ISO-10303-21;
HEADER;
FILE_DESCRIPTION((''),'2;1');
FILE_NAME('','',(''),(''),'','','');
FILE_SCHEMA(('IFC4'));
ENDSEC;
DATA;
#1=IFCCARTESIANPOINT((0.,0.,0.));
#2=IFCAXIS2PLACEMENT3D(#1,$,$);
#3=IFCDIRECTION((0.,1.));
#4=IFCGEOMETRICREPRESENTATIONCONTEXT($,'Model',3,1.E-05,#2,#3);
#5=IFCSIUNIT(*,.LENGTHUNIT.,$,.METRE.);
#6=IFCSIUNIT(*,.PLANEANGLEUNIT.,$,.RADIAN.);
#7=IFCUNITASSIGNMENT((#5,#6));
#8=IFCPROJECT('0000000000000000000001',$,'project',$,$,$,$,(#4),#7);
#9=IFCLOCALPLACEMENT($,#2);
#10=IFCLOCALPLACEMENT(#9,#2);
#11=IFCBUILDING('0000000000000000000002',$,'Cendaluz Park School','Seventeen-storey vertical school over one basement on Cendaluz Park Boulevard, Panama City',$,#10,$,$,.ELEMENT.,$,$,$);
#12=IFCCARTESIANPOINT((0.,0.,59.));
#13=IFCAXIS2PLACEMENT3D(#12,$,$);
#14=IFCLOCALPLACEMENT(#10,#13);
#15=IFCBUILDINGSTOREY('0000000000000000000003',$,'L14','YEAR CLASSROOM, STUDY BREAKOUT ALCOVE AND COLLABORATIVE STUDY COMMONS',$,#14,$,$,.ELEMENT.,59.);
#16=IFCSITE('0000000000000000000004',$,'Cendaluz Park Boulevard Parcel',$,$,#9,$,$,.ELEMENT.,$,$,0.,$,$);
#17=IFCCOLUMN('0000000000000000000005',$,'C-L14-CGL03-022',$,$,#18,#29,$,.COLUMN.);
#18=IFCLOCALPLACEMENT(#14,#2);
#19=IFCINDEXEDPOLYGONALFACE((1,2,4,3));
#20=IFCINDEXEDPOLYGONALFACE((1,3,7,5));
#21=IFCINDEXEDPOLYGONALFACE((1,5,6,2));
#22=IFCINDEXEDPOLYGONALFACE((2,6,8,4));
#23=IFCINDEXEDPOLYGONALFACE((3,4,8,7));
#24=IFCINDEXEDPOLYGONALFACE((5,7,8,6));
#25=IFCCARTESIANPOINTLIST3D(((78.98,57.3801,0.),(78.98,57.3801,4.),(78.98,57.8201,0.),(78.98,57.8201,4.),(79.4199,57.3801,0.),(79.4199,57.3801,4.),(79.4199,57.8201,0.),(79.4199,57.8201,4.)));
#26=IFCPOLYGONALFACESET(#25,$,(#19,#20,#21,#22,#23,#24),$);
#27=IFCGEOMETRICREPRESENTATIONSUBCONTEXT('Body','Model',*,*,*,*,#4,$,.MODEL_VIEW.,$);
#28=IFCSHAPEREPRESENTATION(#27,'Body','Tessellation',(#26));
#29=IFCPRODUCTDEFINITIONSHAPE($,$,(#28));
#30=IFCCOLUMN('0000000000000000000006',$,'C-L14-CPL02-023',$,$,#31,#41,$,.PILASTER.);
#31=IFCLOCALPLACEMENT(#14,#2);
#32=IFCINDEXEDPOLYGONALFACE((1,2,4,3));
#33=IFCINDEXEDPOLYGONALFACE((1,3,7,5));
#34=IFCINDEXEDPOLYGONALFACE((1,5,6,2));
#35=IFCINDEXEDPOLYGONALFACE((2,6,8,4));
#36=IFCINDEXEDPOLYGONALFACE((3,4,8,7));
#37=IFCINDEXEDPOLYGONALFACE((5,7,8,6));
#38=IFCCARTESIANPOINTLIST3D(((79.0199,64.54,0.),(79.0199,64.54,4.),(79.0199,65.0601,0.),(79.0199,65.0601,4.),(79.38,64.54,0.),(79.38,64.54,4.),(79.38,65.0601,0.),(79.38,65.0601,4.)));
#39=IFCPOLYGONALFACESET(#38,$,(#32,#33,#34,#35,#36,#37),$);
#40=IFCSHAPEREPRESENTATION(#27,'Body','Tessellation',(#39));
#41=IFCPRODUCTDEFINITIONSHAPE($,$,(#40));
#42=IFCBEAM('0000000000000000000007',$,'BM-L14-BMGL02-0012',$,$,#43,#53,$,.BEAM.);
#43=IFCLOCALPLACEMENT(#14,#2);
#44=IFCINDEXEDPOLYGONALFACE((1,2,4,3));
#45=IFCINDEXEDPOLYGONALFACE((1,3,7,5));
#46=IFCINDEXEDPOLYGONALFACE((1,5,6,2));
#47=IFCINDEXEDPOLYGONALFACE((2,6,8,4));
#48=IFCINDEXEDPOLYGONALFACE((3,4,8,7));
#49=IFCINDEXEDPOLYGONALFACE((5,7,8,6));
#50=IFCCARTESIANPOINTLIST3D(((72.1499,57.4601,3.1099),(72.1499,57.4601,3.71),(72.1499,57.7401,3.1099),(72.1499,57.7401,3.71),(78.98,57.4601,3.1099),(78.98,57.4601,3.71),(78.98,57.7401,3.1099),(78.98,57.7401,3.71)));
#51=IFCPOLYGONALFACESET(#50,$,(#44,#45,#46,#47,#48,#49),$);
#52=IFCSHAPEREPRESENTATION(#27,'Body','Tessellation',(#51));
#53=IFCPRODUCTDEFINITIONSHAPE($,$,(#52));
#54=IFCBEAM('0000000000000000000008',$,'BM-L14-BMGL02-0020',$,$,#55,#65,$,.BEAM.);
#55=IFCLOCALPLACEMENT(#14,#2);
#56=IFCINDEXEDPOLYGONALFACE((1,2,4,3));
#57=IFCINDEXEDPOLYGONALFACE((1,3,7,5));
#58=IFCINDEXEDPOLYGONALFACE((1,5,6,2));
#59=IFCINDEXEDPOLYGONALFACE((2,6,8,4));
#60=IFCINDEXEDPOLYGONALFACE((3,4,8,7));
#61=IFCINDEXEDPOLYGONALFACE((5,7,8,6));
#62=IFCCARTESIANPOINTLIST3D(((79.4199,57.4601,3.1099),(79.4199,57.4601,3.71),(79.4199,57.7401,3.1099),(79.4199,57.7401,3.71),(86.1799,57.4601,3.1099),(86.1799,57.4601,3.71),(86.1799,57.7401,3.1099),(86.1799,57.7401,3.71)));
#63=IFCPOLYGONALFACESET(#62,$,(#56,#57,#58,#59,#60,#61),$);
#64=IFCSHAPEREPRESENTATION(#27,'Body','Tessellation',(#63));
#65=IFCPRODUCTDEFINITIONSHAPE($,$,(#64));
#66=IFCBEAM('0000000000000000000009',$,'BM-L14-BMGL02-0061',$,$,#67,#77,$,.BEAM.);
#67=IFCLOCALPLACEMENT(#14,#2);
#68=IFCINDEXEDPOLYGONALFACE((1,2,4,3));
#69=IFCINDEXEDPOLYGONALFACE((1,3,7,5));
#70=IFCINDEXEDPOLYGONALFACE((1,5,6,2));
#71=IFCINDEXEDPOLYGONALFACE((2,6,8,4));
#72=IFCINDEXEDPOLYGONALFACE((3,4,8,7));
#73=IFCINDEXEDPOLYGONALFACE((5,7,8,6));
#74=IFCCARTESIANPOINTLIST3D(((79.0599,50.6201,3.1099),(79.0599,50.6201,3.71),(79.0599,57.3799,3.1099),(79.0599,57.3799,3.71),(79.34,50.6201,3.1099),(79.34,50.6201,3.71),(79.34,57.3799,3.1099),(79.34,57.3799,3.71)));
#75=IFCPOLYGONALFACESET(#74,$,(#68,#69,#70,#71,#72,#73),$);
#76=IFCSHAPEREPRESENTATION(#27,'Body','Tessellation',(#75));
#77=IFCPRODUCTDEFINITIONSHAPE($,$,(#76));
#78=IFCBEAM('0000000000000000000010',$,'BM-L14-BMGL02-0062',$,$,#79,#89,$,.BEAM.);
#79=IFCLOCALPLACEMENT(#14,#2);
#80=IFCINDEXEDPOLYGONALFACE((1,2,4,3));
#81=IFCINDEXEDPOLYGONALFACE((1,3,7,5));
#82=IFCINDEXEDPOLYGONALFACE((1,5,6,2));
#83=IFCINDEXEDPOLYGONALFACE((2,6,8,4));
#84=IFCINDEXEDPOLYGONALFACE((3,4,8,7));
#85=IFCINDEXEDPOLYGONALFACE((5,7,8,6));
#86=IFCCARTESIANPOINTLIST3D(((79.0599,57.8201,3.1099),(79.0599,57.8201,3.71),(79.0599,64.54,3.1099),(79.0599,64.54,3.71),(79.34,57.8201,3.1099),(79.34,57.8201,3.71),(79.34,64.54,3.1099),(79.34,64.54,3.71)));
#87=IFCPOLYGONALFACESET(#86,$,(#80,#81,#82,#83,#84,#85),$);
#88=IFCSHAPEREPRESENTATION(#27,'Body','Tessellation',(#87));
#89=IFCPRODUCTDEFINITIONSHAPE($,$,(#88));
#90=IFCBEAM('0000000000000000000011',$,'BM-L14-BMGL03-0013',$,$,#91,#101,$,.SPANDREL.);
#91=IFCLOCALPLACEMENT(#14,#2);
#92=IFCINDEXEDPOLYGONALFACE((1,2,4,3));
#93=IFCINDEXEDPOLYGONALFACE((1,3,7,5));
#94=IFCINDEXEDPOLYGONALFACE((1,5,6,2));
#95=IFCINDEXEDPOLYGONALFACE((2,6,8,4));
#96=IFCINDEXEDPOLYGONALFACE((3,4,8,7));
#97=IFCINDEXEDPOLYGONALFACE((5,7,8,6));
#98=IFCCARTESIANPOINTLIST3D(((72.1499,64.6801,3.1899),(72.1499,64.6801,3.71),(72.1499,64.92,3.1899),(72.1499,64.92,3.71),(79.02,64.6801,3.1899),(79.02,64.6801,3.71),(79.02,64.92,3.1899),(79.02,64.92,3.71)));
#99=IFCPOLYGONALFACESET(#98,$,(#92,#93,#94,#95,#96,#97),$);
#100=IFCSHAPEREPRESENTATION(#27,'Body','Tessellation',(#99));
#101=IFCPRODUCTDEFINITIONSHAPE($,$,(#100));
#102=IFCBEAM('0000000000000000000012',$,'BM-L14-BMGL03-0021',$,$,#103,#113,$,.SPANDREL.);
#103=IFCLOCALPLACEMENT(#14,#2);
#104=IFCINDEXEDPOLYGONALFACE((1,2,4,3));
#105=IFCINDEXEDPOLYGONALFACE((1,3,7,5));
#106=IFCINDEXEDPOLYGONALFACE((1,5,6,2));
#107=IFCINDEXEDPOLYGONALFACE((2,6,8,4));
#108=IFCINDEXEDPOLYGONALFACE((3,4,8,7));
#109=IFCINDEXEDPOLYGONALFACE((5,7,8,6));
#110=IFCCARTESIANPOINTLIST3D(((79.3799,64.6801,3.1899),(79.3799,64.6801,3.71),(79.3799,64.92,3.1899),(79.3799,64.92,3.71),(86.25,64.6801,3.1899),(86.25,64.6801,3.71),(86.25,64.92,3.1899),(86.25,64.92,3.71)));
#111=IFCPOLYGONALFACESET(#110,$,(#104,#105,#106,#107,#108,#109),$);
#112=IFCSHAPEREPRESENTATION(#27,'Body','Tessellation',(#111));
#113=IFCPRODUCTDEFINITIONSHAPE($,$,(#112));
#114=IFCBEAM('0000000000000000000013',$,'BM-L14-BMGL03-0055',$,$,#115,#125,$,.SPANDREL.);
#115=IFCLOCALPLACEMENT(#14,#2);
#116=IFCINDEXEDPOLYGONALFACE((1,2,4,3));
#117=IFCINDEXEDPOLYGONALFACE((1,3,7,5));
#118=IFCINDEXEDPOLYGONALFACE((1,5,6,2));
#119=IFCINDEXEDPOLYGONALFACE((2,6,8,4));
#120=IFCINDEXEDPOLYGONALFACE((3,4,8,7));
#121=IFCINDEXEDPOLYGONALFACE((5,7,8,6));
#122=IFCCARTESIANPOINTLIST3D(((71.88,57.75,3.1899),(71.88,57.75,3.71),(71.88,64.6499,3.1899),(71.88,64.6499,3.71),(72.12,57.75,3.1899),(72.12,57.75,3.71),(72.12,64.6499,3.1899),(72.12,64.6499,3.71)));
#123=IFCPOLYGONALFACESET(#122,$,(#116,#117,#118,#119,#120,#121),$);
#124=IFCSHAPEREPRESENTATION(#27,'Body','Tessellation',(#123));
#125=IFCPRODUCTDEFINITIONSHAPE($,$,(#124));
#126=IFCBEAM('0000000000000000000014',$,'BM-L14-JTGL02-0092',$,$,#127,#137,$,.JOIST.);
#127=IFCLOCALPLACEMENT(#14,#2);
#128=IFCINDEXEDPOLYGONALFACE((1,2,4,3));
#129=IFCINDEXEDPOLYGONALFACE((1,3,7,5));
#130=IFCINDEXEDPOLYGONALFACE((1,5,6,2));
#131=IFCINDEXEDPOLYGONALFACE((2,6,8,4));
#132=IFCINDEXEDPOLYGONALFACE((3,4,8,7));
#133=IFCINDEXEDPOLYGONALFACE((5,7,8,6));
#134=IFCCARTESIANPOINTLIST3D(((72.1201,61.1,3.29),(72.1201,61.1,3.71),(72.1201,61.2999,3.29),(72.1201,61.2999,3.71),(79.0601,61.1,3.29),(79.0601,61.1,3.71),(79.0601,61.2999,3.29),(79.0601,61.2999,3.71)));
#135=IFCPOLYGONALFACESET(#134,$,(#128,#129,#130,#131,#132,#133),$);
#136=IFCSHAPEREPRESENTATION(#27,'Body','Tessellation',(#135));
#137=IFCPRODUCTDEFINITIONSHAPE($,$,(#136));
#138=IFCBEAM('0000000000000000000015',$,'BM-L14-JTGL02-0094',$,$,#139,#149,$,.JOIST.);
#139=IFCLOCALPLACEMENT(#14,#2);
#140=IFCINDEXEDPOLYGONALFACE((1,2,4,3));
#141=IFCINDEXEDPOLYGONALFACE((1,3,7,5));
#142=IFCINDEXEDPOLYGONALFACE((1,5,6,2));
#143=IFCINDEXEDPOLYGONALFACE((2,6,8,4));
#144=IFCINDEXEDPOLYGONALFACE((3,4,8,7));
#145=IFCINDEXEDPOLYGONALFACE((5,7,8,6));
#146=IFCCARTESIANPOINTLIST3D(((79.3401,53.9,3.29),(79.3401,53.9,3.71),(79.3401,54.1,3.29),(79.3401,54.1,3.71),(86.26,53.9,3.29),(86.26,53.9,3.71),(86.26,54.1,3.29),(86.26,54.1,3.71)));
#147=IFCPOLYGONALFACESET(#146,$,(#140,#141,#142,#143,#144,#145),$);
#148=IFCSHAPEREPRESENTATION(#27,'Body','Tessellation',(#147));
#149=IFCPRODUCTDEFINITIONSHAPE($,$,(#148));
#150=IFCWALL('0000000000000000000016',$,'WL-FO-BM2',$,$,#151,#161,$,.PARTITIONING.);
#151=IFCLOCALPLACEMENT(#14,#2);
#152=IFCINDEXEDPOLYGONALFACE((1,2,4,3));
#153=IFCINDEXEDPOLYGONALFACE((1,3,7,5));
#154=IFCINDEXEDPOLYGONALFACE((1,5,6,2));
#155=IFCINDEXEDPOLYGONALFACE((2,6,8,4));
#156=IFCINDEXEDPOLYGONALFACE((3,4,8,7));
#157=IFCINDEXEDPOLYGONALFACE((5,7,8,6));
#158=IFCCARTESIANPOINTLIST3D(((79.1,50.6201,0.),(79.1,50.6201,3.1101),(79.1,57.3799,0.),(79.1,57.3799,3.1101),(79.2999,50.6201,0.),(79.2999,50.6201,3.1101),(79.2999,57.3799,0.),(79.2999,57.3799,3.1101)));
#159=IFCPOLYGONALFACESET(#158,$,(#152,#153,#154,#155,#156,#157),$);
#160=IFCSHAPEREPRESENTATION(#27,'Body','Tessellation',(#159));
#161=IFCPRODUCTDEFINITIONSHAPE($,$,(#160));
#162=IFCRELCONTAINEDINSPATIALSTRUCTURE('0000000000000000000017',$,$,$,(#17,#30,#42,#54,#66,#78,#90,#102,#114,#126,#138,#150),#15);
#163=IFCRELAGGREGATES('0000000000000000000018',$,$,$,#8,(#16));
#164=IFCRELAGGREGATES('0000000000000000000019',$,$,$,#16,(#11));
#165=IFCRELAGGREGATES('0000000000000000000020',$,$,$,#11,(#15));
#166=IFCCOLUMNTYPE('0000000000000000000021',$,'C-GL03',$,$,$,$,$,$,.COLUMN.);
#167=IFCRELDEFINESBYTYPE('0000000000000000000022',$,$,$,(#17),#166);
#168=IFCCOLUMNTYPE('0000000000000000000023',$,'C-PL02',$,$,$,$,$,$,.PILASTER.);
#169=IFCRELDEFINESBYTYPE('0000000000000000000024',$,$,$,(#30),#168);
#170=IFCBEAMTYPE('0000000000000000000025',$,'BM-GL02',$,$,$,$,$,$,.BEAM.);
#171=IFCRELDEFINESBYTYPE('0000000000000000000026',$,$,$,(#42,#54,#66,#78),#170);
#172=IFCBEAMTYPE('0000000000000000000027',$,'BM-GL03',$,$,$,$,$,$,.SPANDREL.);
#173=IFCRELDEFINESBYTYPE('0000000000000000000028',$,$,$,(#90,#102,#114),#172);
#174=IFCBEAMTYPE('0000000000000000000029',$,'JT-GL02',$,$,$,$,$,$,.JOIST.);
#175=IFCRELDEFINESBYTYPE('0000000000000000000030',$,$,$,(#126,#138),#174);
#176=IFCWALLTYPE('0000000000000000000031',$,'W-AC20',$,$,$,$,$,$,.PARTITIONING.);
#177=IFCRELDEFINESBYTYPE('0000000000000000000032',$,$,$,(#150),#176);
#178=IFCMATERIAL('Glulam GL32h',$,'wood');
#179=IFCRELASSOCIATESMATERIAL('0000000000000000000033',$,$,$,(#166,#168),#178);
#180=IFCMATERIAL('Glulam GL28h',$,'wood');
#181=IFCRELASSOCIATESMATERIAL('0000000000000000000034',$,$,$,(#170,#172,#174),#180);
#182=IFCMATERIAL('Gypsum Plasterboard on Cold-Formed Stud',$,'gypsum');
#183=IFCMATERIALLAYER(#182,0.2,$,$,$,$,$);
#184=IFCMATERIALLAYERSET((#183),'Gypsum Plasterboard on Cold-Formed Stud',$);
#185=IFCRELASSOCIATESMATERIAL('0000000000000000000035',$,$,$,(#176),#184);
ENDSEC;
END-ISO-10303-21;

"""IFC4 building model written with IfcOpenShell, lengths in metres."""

from ifc_helpers import new_model, si_unit, direction, frame, frame_2d, origin, origin_2d, place, context, subcontext, project, spatial, rectangle, extrude, material, layer, layer_set, material_profile, profile_set, type_object, element, save


model = new_model("IFC4")

# Units and contexts
model_context = context("Model", 3, precision=1e-05, world=origin(), true_north=direction((0.0, 1.0)))
body_context = subcontext(model_context, "Body", "Model", "MODEL_VIEW")
ifc_project = project(units=[si_unit("LENGTHUNIT", "METRE"), si_unit("PLANEANGLEUNIT", "RADIAN")], contexts=[model_context])

# Site, building, storey
site_placement = place(None, origin())
site = spatial("IfcSite", under=ifc_project, at=site_placement, Name="Cendaluz Park Boulevard Parcel", CompositionType="ELEMENT", RefElevation=0.0)
building_placement = place(site_placement, origin())
building = spatial("IfcBuilding", under=site, at=building_placement, Name="Cendaluz Park School", Description="Seventeen-storey vertical school over one basement on Cendaluz Park Boulevard, Panama City", CompositionType="ELEMENT")
storey_placement = place(building_placement, frame((0.0, 0.0, 59.0)))
storey = spatial("IfcBuildingStorey", under=building, at=storey_placement, Name="L14", Description="YEAR CLASSROOM, STUDY BREAKOUT ALCOVE AND COLLABORATIVE STUDY COMMONS", CompositionType="ELEMENT", Elevation=59.0)

# Columns
ifc_material_1 = material(Name="Glulam GL32h", Category="wood")
ifc_material_profile_1 = material_profile(ifc_material_1, rectangle(XDim=0.4399, YDim=0.4399, at=origin_2d()), Name="GL32h 440x440", Category="wood")
ifc_profile_set_1 = profile_set([ifc_material_profile_1], Name="Glulam GL32h")
column_type_1 = type_object("IfcColumnType", Name="C-GL03", PredefinedType="COLUMN", material=ifc_profile_set_1)
column_1_placement = place(storey_placement, frame((79.2, 57.6001, 0.0), z_axis=(0.0, 0.0, 1.0), x_axis=(1.0, 0.0, 0.0)))
element("IfcColumn", 1, at=column_1_placement, inside=storey, type_object=column_type_1, Name="C-L14-CGL03-022", PredefinedType="COLUMN", context=body_context, shape_type="SweptSolid", body=[
    extrude(rectangle(XDim=0.4399, YDim=0.4399, at=origin_2d()), origin(), (0.0, 0.0, 1.0), 4.0),
])
ifc_material_profile_2 = material_profile(ifc_material_1, rectangle(XDim=0.3601, YDim=0.52, at=origin_2d()), Name="GL32h 360x520", Category="wood")
ifc_profile_set_2 = profile_set([ifc_material_profile_2], Name="Glulam GL32h")
column_type_2 = type_object("IfcColumnType", Name="C-PL02", PredefinedType="PILASTER", material=ifc_profile_set_2)
column_2_placement = place(storey_placement, frame((79.2, 64.8, 0.0), z_axis=(0.0, 0.0, 1.0), x_axis=(1.0, 0.0, 0.0)))
element("IfcColumn", 2, at=column_2_placement, inside=storey, type_object=column_type_2, Name="C-L14-CPL02-023", PredefinedType="PILASTER", context=body_context, shape_type="SweptSolid", body=[
    extrude(rectangle(XDim=0.3601, YDim=0.52, at=origin_2d()), origin(), (0.0, 0.0, 1.0), 4.0),
])

# Beams
ifc_material_2 = material(Name="Glulam GL28h", Category="wood")
ifc_material_profile_3 = material_profile(ifc_material_2, rectangle(XDim=0.28, YDim=0.6001, at=origin_2d()), Name="GL28h 280x600", Category="wood")
ifc_profile_set_3 = profile_set([ifc_material_profile_3], Name="Glulam GL28h")
beam_type_1 = type_object("IfcBeamType", Name="BM-GL02", PredefinedType="BEAM", material=ifc_profile_set_3)
beam_1_placement = place(storey_placement, frame((72.1499, 57.6001, 3.4099), z_axis=(1.0, 0.0, 0.0), x_axis=(0.0, 1.0, 0.0)))
element("IfcBeam", 3, at=beam_1_placement, inside=storey, type_object=beam_type_1, Name="BM-L14-BMGL02-0012", PredefinedType="BEAM", context=body_context, shape_type="SweptSolid", body=[
    extrude(rectangle(XDim=0.28, YDim=0.6001, at=origin_2d()), origin(), (0.0, 0.0, 1.0), 6.8301),
])
beam_2_placement = place(storey_placement, frame((79.4199, 57.6001, 3.4099), z_axis=(1.0, 0.0, 0.0), x_axis=(0.0, 1.0, 0.0)))
element("IfcBeam", 4, at=beam_2_placement, inside=storey, type_object=beam_type_1, Name="BM-L14-BMGL02-0020", PredefinedType="BEAM", context=body_context, shape_type="SweptSolid", body=[
    extrude(rectangle(XDim=0.28, YDim=0.6001, at=origin_2d()), origin(), (0.0, 0.0, 1.0), 6.76),
])
beam_3_placement = place(storey_placement, frame((79.2, 50.6201, 3.4099), z_axis=(0.0, 1.0, 0.0), x_axis=(-1.0, 0.0, 0.0)))
element("IfcBeam", 5, at=beam_3_placement, inside=storey, type_object=beam_type_1, Name="BM-L14-BMGL02-0061", PredefinedType="BEAM", context=body_context, shape_type="SweptSolid", body=[
    extrude(rectangle(XDim=0.28, YDim=0.6001, at=origin_2d()), origin(), (0.0, 0.0, 1.0), 6.7598),
])
beam_4_placement = place(storey_placement, frame((79.2, 57.8201, 3.4099), z_axis=(0.0, 1.0, 0.0), x_axis=(-1.0, 0.0, 0.0)))
element("IfcBeam", 6, at=beam_4_placement, inside=storey, type_object=beam_type_1, Name="BM-L14-BMGL02-0062", PredefinedType="BEAM", context=body_context, shape_type="SweptSolid", body=[
    extrude(rectangle(XDim=0.28, YDim=0.6001, at=origin_2d()), origin(), (0.0, 0.0, 1.0), 6.72),
])
ifc_material_profile_4 = material_profile(ifc_material_2, rectangle(XDim=0.24, YDim=0.52, at=origin_2d()), Name="GL28h 240x520", Category="wood")
ifc_profile_set_4 = profile_set([ifc_material_profile_4], Name="Glulam GL28h")
beam_type_2 = type_object("IfcBeamType", Name="BM-GL03", PredefinedType="SPANDREL", material=ifc_profile_set_4)
for number, where, z_axis, x_axis, name in (
    (7, (72.1499, 64.8, 3.45), (1.0, 0.0, 0.0), (0.0, 1.0, 0.0), "BM-L14-BMGL03-0013"),
    (8, (79.3799, 64.8, 3.45), (1.0, 0.0, 0.0), (0.0, 1.0, 0.0), "BM-L14-BMGL03-0021"),
):
    element("IfcBeam", number, at=place(storey_placement, frame(where, z_axis=z_axis, x_axis=x_axis)), inside=storey, type_object=beam_type_2, Name=name, PredefinedType="SPANDREL", context=body_context, shape_type="SweptSolid", body=[
        extrude(rectangle(XDim=0.24, YDim=0.52, at=origin_2d()), origin(), (0.0, 0.0, 1.0), 6.8701),
    ])
beam_5_placement = place(storey_placement, frame((72.0, 57.75, 3.45), z_axis=(0.0, 1.0, 0.0), x_axis=(-1.0, 0.0, 0.0)))
element("IfcBeam", 9, at=beam_5_placement, inside=storey, type_object=beam_type_2, Name="BM-L14-BMGL03-0055", PredefinedType="SPANDREL", context=body_context, shape_type="SweptSolid", body=[
    extrude(rectangle(XDim=0.24, YDim=0.52, at=origin_2d()), origin(), (0.0, 0.0, 1.0), 6.8999),
])
ifc_material_profile_5 = material_profile(ifc_material_2, rectangle(XDim=0.2, YDim=0.4199, at=origin_2d()), Name="GL28h 200x420", Category="wood")
ifc_profile_set_5 = profile_set([ifc_material_profile_5], Name="Glulam GL28h")
beam_type_3 = type_object("IfcBeamType", Name="JT-GL02", PredefinedType="JOIST", material=ifc_profile_set_5)
beam_6_placement = place(storey_placement, frame((72.1201, 61.2, 3.5), z_axis=(1.0, 0.0, 0.0), x_axis=(0.0, 1.0, 0.0)))
element("IfcBeam", 10, at=beam_6_placement, inside=storey, type_object=beam_type_3, Name="BM-L14-JTGL02-0092", PredefinedType="JOIST", context=body_context, shape_type="SweptSolid", body=[
    extrude(rectangle(XDim=0.2, YDim=0.4199, at=origin_2d()), origin(), (0.0, 0.0, 1.0), 6.9399),
])
beam_7_placement = place(storey_placement, frame((79.3401, 54.0, 3.5), z_axis=(1.0, 0.0, 0.0), x_axis=(0.0, 1.0, 0.0)))
element("IfcBeam", 11, at=beam_7_placement, inside=storey, type_object=beam_type_3, Name="BM-L14-JTGL02-0094", PredefinedType="JOIST", context=body_context, shape_type="SweptSolid", body=[
    extrude(rectangle(XDim=0.2, YDim=0.4199, at=origin_2d()), origin(), (0.0, 0.0, 1.0), 6.9199),
])

# Wall
ifc_material_3 = material(Name="Gypsum Plasterboard on Cold-Formed Stud", Category="gypsum")
ifc_layer_1 = layer(ifc_material_3, 0.2)
ifc_layer_set_1 = layer_set([ifc_layer_1], Name="Gypsum Plasterboard on Cold-Formed Stud")
wall_type_1 = type_object("IfcWallType", Name="W-AC20", PredefinedType="PARTITIONING", material=ifc_layer_set_1)
wall_1_placement = place(storey_placement, frame((79.2, 50.6201, 0.0), z_axis=(0.0, 0.0, 1.0), x_axis=(0.0, 1.0, 0.0)))
element("IfcWall", 12, at=wall_1_placement, inside=storey, type_object=wall_type_1, Name="WL-FO-BM2", PredefinedType="PARTITIONING", context=body_context, shape_type="SweptSolid", body=[
    extrude(rectangle(XDim=6.7598, YDim=0.2, at=frame_2d((3.3799, 0.0))), origin(), (0.0, 0.0, 1.0), 3.1101),
])

save(model, "model.ifc")
